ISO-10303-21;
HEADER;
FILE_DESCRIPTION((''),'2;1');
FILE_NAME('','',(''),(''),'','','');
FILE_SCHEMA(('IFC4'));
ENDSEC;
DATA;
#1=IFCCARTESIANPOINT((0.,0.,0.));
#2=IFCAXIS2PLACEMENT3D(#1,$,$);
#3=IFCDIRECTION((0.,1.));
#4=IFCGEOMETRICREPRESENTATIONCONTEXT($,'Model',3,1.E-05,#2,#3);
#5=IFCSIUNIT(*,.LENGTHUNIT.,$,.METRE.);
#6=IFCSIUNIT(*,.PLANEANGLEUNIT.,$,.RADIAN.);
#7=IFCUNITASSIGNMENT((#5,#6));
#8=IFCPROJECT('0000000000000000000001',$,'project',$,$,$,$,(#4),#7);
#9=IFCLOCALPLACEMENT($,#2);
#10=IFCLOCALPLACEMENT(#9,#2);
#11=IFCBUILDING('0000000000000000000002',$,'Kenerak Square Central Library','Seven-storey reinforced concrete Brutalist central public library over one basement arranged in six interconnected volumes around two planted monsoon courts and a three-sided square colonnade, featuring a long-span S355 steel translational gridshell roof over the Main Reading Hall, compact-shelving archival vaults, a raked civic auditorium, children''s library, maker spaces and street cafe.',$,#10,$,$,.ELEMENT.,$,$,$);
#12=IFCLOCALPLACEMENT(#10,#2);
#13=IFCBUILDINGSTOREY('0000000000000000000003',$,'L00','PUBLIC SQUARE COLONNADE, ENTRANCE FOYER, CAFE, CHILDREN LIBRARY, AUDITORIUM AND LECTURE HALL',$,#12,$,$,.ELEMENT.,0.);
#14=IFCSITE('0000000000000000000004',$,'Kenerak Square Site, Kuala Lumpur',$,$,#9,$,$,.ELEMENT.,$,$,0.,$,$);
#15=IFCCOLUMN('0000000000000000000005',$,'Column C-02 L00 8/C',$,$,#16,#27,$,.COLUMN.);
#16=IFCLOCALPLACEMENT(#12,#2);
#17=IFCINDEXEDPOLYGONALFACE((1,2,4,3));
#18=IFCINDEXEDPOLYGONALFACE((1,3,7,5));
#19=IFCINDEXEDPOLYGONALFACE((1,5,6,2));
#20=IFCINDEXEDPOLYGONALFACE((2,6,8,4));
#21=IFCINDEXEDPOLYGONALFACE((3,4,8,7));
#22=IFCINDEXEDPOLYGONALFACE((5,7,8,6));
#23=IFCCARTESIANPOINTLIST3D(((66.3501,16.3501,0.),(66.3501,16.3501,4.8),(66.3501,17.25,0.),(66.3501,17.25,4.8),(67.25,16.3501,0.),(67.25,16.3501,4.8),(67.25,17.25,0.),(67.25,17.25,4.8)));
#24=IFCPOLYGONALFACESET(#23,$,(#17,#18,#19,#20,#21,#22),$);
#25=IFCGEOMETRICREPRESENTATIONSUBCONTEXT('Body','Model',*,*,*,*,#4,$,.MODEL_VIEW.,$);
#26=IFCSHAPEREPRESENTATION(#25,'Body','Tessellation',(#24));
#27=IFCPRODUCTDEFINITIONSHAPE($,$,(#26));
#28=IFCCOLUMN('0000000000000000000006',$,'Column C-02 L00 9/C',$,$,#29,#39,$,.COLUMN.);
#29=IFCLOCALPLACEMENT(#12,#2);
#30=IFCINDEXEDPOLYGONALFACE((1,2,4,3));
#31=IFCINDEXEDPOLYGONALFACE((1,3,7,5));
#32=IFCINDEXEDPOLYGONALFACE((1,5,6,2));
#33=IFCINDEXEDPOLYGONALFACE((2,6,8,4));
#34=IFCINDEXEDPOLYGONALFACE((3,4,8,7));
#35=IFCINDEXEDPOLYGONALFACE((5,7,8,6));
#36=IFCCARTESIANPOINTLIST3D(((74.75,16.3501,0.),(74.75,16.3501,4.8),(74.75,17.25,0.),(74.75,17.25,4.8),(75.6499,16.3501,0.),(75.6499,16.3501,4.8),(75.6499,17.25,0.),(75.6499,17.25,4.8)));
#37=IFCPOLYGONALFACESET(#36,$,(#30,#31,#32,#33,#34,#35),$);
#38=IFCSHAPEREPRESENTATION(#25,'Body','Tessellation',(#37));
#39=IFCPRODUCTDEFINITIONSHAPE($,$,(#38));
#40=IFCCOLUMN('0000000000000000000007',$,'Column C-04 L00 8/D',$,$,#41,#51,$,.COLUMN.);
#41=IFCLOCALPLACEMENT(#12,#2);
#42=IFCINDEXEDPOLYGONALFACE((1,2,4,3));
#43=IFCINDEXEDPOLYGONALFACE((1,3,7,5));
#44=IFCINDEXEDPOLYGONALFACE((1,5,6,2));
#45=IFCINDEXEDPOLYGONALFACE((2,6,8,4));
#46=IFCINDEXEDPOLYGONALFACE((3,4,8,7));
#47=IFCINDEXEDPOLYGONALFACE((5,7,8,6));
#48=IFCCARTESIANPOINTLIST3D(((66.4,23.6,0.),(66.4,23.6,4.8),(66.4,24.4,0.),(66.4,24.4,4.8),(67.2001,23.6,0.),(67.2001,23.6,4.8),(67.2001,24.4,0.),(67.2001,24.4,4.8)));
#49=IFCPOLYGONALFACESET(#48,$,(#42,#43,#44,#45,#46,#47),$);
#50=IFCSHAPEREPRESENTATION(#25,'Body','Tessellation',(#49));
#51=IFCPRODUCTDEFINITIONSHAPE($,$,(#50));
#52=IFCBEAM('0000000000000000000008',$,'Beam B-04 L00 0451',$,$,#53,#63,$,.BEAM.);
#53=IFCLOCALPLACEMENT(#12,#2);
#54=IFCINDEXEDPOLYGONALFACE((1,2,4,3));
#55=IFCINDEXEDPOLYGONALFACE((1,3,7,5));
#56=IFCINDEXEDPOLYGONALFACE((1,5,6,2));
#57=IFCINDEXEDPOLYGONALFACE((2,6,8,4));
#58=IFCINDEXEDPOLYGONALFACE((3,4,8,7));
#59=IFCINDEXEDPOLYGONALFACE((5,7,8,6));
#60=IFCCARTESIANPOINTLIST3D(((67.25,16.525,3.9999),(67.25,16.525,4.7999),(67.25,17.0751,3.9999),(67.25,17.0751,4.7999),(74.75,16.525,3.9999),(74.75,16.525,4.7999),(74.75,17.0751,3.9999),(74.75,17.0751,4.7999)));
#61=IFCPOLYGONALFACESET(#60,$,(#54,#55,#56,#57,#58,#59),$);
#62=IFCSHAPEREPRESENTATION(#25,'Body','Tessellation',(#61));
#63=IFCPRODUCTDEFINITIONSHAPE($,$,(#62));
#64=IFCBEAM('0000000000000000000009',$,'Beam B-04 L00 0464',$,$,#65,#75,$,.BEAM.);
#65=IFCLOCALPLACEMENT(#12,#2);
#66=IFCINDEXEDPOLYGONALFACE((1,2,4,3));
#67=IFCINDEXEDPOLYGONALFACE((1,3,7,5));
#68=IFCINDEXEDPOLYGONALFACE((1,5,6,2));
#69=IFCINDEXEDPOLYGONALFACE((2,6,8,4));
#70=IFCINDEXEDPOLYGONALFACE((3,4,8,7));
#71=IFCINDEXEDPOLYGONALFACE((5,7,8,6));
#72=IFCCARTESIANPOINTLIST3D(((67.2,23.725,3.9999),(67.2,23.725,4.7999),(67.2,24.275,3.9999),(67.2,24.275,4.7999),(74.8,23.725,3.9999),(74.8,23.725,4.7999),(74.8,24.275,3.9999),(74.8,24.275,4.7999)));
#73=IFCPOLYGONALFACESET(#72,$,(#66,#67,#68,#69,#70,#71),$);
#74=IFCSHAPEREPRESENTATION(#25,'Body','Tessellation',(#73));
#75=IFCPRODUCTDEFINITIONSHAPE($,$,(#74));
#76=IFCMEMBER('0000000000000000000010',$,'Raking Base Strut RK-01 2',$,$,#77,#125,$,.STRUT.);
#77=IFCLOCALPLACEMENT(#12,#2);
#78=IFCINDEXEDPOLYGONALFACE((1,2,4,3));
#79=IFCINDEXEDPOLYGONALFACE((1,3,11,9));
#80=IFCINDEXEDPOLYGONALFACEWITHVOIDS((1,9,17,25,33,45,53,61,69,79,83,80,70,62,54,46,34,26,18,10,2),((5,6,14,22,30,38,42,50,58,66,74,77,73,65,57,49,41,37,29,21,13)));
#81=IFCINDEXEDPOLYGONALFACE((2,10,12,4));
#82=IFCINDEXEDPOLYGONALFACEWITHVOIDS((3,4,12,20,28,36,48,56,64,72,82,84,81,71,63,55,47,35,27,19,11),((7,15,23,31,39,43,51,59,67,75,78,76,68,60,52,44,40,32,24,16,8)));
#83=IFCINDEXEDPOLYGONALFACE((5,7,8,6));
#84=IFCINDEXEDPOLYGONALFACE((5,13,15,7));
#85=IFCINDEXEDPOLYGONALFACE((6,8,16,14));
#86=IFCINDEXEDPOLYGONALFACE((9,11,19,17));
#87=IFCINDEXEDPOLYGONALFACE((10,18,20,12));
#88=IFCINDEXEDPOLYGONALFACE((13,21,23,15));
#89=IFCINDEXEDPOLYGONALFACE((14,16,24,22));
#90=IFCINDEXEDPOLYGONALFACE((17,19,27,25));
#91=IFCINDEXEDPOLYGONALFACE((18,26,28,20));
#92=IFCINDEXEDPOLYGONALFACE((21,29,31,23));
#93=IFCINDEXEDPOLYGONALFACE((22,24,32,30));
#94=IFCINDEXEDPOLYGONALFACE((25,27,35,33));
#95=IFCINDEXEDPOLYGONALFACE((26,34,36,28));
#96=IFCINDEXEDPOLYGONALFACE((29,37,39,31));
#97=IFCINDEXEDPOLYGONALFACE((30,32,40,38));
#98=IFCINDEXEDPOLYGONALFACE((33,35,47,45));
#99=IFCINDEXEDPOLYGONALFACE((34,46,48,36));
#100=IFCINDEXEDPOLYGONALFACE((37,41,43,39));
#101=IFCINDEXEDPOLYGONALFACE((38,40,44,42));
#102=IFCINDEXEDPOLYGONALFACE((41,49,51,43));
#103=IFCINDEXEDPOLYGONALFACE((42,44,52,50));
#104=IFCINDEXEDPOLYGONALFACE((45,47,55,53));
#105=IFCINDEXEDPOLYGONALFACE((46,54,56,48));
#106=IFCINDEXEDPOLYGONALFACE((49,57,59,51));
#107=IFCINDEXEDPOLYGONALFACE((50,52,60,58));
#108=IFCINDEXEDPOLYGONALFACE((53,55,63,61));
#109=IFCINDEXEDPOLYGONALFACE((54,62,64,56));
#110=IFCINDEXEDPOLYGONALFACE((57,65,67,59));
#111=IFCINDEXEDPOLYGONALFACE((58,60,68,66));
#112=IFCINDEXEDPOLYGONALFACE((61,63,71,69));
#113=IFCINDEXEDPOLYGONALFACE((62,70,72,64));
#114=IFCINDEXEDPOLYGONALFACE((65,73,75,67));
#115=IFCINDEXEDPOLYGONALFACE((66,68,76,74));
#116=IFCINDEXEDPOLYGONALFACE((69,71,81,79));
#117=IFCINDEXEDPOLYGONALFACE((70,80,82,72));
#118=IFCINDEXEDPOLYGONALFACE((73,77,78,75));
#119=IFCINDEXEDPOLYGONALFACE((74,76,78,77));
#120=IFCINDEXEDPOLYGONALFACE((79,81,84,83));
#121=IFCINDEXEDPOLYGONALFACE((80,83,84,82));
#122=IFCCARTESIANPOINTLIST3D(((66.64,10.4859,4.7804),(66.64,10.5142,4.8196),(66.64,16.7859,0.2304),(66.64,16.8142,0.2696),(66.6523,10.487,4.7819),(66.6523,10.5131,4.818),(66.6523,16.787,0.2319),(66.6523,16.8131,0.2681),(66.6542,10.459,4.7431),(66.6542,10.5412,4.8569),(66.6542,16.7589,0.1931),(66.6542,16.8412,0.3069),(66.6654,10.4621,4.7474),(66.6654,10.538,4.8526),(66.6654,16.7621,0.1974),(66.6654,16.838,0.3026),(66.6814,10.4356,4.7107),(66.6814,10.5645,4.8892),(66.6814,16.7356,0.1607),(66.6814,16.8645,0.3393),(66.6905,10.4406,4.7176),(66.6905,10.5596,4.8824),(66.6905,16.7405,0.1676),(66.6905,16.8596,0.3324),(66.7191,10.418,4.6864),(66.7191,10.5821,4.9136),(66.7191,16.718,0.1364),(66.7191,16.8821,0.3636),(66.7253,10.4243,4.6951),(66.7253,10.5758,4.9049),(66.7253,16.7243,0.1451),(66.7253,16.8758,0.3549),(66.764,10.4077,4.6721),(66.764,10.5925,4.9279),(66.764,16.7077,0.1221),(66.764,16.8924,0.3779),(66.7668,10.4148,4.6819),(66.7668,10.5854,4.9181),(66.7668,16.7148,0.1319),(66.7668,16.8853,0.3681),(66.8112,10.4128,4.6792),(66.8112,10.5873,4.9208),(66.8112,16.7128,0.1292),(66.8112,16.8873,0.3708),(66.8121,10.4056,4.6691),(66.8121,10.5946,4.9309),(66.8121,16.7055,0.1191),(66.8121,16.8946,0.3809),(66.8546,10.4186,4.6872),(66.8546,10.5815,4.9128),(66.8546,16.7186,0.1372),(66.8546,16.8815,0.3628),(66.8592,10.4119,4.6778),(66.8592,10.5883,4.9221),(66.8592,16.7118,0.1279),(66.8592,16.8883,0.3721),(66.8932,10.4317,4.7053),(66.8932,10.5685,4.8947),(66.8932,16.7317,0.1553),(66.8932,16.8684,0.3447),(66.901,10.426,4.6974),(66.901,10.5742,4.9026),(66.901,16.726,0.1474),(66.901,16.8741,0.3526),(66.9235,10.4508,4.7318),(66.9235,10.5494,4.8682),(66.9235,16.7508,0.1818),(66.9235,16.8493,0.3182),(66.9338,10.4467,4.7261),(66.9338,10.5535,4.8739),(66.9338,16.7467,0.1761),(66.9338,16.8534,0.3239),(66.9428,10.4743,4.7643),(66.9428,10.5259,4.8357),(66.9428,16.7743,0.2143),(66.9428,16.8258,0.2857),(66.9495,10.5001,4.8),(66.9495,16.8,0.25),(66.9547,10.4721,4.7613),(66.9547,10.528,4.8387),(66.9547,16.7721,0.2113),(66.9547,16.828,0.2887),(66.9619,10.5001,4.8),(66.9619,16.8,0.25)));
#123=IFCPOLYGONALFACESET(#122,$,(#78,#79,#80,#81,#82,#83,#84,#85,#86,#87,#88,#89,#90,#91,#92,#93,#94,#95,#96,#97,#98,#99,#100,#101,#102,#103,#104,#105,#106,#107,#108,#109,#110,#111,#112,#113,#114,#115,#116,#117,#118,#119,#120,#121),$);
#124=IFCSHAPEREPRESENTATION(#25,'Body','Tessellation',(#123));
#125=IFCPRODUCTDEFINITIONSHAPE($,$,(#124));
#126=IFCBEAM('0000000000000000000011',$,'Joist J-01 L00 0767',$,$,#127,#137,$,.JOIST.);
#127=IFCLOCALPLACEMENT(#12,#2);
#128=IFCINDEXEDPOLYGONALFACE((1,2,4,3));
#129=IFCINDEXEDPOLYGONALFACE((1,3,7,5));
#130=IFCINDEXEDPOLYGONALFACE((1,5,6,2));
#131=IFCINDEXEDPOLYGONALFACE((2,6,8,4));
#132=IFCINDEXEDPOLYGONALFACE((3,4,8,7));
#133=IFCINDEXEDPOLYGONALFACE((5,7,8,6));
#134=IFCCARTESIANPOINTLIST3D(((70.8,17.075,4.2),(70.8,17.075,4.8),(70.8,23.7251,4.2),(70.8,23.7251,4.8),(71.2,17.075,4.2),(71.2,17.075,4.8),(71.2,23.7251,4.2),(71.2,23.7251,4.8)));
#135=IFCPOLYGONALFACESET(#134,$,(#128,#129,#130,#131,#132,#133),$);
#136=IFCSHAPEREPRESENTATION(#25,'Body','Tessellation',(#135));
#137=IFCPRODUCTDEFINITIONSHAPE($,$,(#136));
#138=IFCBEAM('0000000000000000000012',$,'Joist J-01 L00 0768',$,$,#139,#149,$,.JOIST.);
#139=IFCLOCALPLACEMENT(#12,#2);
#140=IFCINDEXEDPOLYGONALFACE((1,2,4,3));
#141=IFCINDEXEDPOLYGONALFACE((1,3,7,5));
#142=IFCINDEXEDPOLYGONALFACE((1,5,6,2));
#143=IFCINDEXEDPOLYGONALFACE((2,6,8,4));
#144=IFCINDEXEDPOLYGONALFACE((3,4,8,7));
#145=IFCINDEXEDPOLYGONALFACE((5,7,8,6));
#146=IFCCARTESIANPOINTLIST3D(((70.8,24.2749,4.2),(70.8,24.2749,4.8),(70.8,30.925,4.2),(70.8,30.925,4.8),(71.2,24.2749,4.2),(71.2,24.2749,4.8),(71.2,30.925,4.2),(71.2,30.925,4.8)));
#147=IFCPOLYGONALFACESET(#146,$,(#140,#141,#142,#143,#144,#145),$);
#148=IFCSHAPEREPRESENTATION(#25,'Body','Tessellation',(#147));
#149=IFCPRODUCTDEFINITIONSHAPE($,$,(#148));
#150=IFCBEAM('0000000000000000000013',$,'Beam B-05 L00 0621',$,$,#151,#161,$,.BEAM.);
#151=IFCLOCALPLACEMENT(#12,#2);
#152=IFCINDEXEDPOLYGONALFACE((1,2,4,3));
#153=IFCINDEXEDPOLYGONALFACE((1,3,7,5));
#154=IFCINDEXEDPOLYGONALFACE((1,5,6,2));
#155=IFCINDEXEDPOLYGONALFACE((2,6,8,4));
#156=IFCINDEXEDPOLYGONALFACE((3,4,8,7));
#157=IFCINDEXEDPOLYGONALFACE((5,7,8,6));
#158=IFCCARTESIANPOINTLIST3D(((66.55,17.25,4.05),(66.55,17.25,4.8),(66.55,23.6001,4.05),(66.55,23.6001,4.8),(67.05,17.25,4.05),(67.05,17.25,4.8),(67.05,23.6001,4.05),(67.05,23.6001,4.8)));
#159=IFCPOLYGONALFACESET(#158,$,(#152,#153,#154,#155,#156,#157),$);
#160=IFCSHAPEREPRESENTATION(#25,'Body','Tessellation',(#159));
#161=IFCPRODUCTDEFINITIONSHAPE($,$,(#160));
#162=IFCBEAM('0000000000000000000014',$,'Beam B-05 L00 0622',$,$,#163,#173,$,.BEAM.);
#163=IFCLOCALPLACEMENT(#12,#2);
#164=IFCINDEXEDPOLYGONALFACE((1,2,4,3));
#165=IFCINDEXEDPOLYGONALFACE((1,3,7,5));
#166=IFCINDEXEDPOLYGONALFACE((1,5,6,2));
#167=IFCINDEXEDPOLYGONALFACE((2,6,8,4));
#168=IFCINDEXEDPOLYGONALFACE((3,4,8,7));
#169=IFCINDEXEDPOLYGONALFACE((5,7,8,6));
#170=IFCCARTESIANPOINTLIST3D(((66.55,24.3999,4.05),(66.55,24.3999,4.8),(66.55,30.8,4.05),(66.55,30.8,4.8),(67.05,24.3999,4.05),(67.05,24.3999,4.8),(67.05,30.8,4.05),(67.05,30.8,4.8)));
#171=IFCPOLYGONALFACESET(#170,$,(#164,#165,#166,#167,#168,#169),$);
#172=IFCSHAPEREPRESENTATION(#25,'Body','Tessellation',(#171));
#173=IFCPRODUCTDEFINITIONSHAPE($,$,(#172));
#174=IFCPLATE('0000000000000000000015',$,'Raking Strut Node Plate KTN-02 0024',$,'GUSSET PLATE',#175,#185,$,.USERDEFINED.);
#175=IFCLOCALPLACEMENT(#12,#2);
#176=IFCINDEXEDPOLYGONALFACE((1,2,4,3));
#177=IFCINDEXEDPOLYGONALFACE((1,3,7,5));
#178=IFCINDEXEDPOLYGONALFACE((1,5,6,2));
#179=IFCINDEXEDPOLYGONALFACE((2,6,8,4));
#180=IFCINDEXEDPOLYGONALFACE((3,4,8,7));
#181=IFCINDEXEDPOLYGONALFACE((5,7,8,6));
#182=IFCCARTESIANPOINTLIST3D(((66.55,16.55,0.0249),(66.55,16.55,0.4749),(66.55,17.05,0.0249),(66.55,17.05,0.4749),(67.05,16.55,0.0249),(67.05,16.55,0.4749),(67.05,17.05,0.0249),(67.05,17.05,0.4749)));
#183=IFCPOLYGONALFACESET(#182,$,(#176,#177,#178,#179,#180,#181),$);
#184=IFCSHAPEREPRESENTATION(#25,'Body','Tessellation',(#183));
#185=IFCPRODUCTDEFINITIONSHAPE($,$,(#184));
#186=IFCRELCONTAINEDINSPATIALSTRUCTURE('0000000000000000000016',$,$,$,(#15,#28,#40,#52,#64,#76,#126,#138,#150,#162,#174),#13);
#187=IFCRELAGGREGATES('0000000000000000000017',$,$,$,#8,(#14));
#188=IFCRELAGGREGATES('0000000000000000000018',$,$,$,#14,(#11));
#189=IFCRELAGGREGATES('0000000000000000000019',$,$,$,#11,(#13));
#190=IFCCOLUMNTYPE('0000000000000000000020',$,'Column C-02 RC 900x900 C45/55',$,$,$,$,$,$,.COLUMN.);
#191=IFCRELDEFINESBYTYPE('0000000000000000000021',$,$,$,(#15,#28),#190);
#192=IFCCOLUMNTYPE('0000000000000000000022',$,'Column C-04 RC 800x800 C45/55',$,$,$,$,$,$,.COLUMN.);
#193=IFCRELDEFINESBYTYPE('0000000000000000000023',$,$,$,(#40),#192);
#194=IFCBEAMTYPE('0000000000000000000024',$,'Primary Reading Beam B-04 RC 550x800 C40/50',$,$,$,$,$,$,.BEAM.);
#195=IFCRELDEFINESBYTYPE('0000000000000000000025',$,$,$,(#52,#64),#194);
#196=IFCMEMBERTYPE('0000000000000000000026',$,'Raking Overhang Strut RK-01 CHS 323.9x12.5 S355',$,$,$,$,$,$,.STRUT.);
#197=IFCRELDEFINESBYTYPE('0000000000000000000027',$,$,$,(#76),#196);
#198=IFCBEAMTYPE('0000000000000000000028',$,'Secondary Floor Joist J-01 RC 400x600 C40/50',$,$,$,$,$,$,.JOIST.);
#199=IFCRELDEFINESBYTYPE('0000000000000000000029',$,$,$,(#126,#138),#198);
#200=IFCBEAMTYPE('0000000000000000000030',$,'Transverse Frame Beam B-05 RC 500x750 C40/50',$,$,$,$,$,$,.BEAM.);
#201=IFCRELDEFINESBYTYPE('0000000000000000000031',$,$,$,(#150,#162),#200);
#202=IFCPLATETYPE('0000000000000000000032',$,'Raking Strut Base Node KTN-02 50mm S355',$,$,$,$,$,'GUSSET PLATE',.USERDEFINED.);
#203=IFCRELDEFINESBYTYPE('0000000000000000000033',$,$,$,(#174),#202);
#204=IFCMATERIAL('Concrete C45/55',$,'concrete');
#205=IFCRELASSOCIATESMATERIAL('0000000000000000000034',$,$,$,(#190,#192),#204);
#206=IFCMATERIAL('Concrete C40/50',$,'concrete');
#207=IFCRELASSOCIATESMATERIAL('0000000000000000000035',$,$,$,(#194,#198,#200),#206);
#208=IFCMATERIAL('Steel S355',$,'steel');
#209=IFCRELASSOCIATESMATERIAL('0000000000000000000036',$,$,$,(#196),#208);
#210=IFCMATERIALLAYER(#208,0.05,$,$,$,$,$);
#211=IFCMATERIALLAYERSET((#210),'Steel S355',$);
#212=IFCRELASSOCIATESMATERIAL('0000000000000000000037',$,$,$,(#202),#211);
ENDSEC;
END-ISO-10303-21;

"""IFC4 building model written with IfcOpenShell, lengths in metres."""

from ifc_helpers import new_model, si_unit, direction, frame, origin, origin_2d, place, context, subcontext, project, spatial, rectangle, hollow_circle, extrude, material, layer, layer_set, material_profile, profile_set, type_object, element, save


model = new_model("IFC4")

# Units and contexts
model_context = context("Model", 3, precision=1e-05, world=origin(), true_north=direction((0.0, 1.0)))
body_context = subcontext(model_context, "Body", "Model", "MODEL_VIEW")
ifc_project = project(units=[si_unit("LENGTHUNIT", "METRE"), si_unit("PLANEANGLEUNIT", "RADIAN")], contexts=[model_context])

# Site, building, storey
site_placement = place(None, origin())
site = spatial("IfcSite", under=ifc_project, at=site_placement, Name="Kenerak Square Site, Kuala Lumpur", CompositionType="ELEMENT", RefElevation=0.0)
building_placement = place(site_placement, origin())
building = spatial("IfcBuilding", under=site, at=building_placement, Name="Kenerak Square Central Library", Description="Seven-storey reinforced concrete Brutalist central public library over one basement arranged in six interconnected volumes around two planted monsoon courts and a three-sided square colonnade, featuring a long-span S355 steel translational gridshell roof over the Main Reading Hall, compact-shelving archival vaults, a raked civic auditorium, children's library, maker spaces and street cafe.", CompositionType="ELEMENT")
storey_placement = place(building_placement, origin())
storey = spatial("IfcBuildingStorey", under=building, at=storey_placement, Name="L00", Description="PUBLIC SQUARE COLONNADE, ENTRANCE FOYER, CAFE, CHILDREN LIBRARY, AUDITORIUM AND LECTURE HALL", CompositionType="ELEMENT", Elevation=0.0)

# Columns
ifc_material_1 = material(Name="Concrete C45/55", Category="concrete")
ifc_material_profile_1 = material_profile(ifc_material_1, rectangle(XDim=0.8999, YDim=0.8999, at=origin_2d()), Name="RC 900x900")
ifc_profile_set_1 = profile_set([ifc_material_profile_1], Name="Concrete C45/55")
column_type_1 = type_object("IfcColumnType", Name="Column C-02 RC 900x900 C45/55", PredefinedType="COLUMN", material=ifc_profile_set_1)
for number, where, z_axis, x_axis, name in (
    (1, (66.8, 16.8, 0.0), (0.0, 0.0, 1.0), (1.0, 0.0, 0.0), "Column C-02 L00 8/C"),
    (2, (75.2, 16.8, 0.0), (0.0, 0.0, 1.0), (1.0, 0.0, 0.0), "Column C-02 L00 9/C"),
):
    element("IfcColumn", number, at=place(storey_placement, frame(where, z_axis=z_axis, x_axis=x_axis)), inside=storey, type_object=column_type_1, Name=name, PredefinedType="COLUMN", context=body_context, shape_type="SweptSolid", body=[
        extrude(rectangle(XDim=0.8999, YDim=0.8999, at=origin_2d()), origin(), (0.0, 0.0, 1.0), 4.8),
    ])
ifc_material_profile_2 = material_profile(ifc_material_1, rectangle(XDim=0.8, YDim=0.8, at=origin_2d()), Name="RC 800x800")
ifc_profile_set_2 = profile_set([ifc_material_profile_2], Name="Concrete C45/55")
column_type_2 = type_object("IfcColumnType", Name="Column C-04 RC 800x800 C45/55", PredefinedType="COLUMN", material=ifc_profile_set_2)
column_placement = place(storey_placement, frame((66.8, 24.0, 0.0), z_axis=(0.0, 0.0, 1.0), x_axis=(1.0, 0.0, 0.0)))
element("IfcColumn", 3, at=column_placement, inside=storey, type_object=column_type_2, Name="Column C-04 L00 8/D", PredefinedType="COLUMN", context=body_context, shape_type="SweptSolid", body=[
    extrude(rectangle(XDim=0.8, YDim=0.8, at=origin_2d()), origin(), (0.0, 0.0, 1.0), 4.8),
])

# Beams
ifc_material_2 = material(Name="Concrete C40/50", Category="concrete")
ifc_material_profile_3 = material_profile(ifc_material_2, rectangle(XDim=0.55, YDim=0.8, at=origin_2d()), Name="RC 550x800")
ifc_profile_set_3 = profile_set([ifc_material_profile_3], Name="Concrete C40/50")
beam_type_1 = type_object("IfcBeamType", Name="Primary Reading Beam B-04 RC 550x800 C40/50", PredefinedType="BEAM", material=ifc_profile_set_3)
beam_1_placement = place(storey_placement, frame((67.25, 16.8, 4.3999), z_axis=(1.0, 0.0, 0.0), x_axis=(0.0, 1.0, 0.0)))
element("IfcBeam", 4, at=beam_1_placement, inside=storey, type_object=beam_type_1, Name="Beam B-04 L00 0451", PredefinedType="BEAM", context=body_context, shape_type="SweptSolid", body=[
    extrude(rectangle(XDim=0.55, YDim=0.8, at=origin_2d()), origin(), (0.0, 0.0, 1.0), 7.5),
])
beam_2_placement = place(storey_placement, frame((67.2, 24.0, 4.3999), z_axis=(1.0, 0.0, 0.0), x_axis=(0.0, 1.0, 0.0)))
element("IfcBeam", 5, at=beam_2_placement, inside=storey, type_object=beam_type_1, Name="Beam B-04 L00 0464", PredefinedType="BEAM", context=body_context, shape_type="SweptSolid", body=[
    extrude(rectangle(XDim=0.55, YDim=0.8, at=origin_2d()), origin(), (0.0, 0.0, 1.0), 7.6001),
])

# Member
ifc_material_3 = material(Name="Steel S355", Category="steel")
ifc_material_profile_4 = material_profile(ifc_material_3, hollow_circle(Radius=0.1619, WallThickness=0.0125, at=origin_2d()), Name="CHS 323.9x12.5")
ifc_profile_set_4 = profile_set([ifc_material_profile_4], Name="Steel S355")
member_type = type_object("IfcMemberType", Name="Raking Overhang Strut RK-01 CHS 323.9x12.5 S355", PredefinedType="STRUT", material=ifc_profile_set_4)
member_placement = place(storey_placement, frame((66.8, 16.8, 0.25), z_axis=(0.0, -0.810678, 0.585492), x_axis=(1.0, 0.0, 0.0)))
element("IfcMember", 6, at=member_placement, inside=storey, type_object=member_type, Name="Raking Base Strut RK-01 2", PredefinedType="STRUT", context=body_context, shape_type="SweptSolid", body=[
    extrude(hollow_circle(Radius=0.1619, WallThickness=0.0125, at=origin_2d()), origin(), (0.0, 0.0, 1.0), 7.7712),
])

# Beams
ifc_material_profile_5 = material_profile(ifc_material_2, rectangle(XDim=0.3999, YDim=0.6001, at=origin_2d()), Name="RC 400x600")
ifc_profile_set_5 = profile_set([ifc_material_profile_5], Name="Concrete C40/50")
beam_type_2 = type_object("IfcBeamType", Name="Secondary Floor Joist J-01 RC 400x600 C40/50", PredefinedType="JOIST", material=ifc_profile_set_5)
for number, where, z_axis, x_axis, name in (
    (7, (71.0, 17.075, 4.5), (0.0, 1.0, 0.0), (-1.0, 0.0, 0.0), "Joist J-01 L00 0767"),
    (8, (71.0, 24.2749, 4.5), (0.0, 1.0, 0.0), (-1.0, 0.0, 0.0), "Joist J-01 L00 0768"),
):
    element("IfcBeam", number, at=place(storey_placement, frame(where, z_axis=z_axis, x_axis=x_axis)), inside=storey, type_object=beam_type_2, Name=name, PredefinedType="JOIST", context=body_context, shape_type="SweptSolid", body=[
        extrude(rectangle(XDim=0.3999, YDim=0.6001, at=origin_2d()), origin(), (0.0, 0.0, 1.0), 6.6501),
    ])
ifc_material_profile_6 = material_profile(ifc_material_2, rectangle(XDim=0.5, YDim=0.75, at=origin_2d()), Name="RC 500x750")
ifc_profile_set_6 = profile_set([ifc_material_profile_6], Name="Concrete C40/50")
beam_type_3 = type_object("IfcBeamType", Name="Transverse Frame Beam B-05 RC 500x750 C40/50", PredefinedType="BEAM", material=ifc_profile_set_6)
beam_3_placement = place(storey_placement, frame((66.8, 17.25, 4.425), z_axis=(0.0, 1.0, 0.0), x_axis=(-1.0, 0.0, 0.0)))
element("IfcBeam", 9, at=beam_3_placement, inside=storey, type_object=beam_type_3, Name="Beam B-05 L00 0621", PredefinedType="BEAM", context=body_context, shape_type="SweptSolid", body=[
    extrude(rectangle(XDim=0.5, YDim=0.75, at=origin_2d()), origin(), (0.0, 0.0, 1.0), 6.3501),
])
beam_4_placement = place(storey_placement, frame((66.8, 24.3999, 4.425), z_axis=(0.0, 1.0, 0.0), x_axis=(-1.0, 0.0, 0.0)))
element("IfcBeam", 10, at=beam_4_placement, inside=storey, type_object=beam_type_3, Name="Beam B-05 L00 0622", PredefinedType="BEAM", context=body_context, shape_type="SweptSolid", body=[
    extrude(rectangle(XDim=0.5, YDim=0.75, at=origin_2d()), origin(), (0.0, 0.0, 1.0), 6.4001),
])

# Plate
ifc_layer_1 = layer(ifc_material_3, 0.05)
ifc_layer_set_1 = layer_set([ifc_layer_1], Name="Steel S355")
plate_type = type_object("IfcPlateType", Name="Raking Strut Base Node KTN-02 50mm S355", ElementType="GUSSET PLATE", PredefinedType="USERDEFINED", material=ifc_layer_set_1)
plate_placement = place(storey_placement, frame((66.8, 16.8, 0.0249), z_axis=(0.0, 0.0, 1.0), x_axis=(1.0, 0.0, 0.0)))
element("IfcPlate", 11, at=plate_placement, inside=storey, type_object=plate_type, Name="Raking Strut Node Plate KTN-02 0024", ObjectType="GUSSET PLATE", PredefinedType="USERDEFINED", context=body_context, shape_type="SweptSolid", body=[
    extrude(rectangle(XDim=0.5, YDim=0.5, at=origin_2d()), origin(), (0.0, 0.0, 1.0), 0.45),
])

save(model, "model.ifc")
